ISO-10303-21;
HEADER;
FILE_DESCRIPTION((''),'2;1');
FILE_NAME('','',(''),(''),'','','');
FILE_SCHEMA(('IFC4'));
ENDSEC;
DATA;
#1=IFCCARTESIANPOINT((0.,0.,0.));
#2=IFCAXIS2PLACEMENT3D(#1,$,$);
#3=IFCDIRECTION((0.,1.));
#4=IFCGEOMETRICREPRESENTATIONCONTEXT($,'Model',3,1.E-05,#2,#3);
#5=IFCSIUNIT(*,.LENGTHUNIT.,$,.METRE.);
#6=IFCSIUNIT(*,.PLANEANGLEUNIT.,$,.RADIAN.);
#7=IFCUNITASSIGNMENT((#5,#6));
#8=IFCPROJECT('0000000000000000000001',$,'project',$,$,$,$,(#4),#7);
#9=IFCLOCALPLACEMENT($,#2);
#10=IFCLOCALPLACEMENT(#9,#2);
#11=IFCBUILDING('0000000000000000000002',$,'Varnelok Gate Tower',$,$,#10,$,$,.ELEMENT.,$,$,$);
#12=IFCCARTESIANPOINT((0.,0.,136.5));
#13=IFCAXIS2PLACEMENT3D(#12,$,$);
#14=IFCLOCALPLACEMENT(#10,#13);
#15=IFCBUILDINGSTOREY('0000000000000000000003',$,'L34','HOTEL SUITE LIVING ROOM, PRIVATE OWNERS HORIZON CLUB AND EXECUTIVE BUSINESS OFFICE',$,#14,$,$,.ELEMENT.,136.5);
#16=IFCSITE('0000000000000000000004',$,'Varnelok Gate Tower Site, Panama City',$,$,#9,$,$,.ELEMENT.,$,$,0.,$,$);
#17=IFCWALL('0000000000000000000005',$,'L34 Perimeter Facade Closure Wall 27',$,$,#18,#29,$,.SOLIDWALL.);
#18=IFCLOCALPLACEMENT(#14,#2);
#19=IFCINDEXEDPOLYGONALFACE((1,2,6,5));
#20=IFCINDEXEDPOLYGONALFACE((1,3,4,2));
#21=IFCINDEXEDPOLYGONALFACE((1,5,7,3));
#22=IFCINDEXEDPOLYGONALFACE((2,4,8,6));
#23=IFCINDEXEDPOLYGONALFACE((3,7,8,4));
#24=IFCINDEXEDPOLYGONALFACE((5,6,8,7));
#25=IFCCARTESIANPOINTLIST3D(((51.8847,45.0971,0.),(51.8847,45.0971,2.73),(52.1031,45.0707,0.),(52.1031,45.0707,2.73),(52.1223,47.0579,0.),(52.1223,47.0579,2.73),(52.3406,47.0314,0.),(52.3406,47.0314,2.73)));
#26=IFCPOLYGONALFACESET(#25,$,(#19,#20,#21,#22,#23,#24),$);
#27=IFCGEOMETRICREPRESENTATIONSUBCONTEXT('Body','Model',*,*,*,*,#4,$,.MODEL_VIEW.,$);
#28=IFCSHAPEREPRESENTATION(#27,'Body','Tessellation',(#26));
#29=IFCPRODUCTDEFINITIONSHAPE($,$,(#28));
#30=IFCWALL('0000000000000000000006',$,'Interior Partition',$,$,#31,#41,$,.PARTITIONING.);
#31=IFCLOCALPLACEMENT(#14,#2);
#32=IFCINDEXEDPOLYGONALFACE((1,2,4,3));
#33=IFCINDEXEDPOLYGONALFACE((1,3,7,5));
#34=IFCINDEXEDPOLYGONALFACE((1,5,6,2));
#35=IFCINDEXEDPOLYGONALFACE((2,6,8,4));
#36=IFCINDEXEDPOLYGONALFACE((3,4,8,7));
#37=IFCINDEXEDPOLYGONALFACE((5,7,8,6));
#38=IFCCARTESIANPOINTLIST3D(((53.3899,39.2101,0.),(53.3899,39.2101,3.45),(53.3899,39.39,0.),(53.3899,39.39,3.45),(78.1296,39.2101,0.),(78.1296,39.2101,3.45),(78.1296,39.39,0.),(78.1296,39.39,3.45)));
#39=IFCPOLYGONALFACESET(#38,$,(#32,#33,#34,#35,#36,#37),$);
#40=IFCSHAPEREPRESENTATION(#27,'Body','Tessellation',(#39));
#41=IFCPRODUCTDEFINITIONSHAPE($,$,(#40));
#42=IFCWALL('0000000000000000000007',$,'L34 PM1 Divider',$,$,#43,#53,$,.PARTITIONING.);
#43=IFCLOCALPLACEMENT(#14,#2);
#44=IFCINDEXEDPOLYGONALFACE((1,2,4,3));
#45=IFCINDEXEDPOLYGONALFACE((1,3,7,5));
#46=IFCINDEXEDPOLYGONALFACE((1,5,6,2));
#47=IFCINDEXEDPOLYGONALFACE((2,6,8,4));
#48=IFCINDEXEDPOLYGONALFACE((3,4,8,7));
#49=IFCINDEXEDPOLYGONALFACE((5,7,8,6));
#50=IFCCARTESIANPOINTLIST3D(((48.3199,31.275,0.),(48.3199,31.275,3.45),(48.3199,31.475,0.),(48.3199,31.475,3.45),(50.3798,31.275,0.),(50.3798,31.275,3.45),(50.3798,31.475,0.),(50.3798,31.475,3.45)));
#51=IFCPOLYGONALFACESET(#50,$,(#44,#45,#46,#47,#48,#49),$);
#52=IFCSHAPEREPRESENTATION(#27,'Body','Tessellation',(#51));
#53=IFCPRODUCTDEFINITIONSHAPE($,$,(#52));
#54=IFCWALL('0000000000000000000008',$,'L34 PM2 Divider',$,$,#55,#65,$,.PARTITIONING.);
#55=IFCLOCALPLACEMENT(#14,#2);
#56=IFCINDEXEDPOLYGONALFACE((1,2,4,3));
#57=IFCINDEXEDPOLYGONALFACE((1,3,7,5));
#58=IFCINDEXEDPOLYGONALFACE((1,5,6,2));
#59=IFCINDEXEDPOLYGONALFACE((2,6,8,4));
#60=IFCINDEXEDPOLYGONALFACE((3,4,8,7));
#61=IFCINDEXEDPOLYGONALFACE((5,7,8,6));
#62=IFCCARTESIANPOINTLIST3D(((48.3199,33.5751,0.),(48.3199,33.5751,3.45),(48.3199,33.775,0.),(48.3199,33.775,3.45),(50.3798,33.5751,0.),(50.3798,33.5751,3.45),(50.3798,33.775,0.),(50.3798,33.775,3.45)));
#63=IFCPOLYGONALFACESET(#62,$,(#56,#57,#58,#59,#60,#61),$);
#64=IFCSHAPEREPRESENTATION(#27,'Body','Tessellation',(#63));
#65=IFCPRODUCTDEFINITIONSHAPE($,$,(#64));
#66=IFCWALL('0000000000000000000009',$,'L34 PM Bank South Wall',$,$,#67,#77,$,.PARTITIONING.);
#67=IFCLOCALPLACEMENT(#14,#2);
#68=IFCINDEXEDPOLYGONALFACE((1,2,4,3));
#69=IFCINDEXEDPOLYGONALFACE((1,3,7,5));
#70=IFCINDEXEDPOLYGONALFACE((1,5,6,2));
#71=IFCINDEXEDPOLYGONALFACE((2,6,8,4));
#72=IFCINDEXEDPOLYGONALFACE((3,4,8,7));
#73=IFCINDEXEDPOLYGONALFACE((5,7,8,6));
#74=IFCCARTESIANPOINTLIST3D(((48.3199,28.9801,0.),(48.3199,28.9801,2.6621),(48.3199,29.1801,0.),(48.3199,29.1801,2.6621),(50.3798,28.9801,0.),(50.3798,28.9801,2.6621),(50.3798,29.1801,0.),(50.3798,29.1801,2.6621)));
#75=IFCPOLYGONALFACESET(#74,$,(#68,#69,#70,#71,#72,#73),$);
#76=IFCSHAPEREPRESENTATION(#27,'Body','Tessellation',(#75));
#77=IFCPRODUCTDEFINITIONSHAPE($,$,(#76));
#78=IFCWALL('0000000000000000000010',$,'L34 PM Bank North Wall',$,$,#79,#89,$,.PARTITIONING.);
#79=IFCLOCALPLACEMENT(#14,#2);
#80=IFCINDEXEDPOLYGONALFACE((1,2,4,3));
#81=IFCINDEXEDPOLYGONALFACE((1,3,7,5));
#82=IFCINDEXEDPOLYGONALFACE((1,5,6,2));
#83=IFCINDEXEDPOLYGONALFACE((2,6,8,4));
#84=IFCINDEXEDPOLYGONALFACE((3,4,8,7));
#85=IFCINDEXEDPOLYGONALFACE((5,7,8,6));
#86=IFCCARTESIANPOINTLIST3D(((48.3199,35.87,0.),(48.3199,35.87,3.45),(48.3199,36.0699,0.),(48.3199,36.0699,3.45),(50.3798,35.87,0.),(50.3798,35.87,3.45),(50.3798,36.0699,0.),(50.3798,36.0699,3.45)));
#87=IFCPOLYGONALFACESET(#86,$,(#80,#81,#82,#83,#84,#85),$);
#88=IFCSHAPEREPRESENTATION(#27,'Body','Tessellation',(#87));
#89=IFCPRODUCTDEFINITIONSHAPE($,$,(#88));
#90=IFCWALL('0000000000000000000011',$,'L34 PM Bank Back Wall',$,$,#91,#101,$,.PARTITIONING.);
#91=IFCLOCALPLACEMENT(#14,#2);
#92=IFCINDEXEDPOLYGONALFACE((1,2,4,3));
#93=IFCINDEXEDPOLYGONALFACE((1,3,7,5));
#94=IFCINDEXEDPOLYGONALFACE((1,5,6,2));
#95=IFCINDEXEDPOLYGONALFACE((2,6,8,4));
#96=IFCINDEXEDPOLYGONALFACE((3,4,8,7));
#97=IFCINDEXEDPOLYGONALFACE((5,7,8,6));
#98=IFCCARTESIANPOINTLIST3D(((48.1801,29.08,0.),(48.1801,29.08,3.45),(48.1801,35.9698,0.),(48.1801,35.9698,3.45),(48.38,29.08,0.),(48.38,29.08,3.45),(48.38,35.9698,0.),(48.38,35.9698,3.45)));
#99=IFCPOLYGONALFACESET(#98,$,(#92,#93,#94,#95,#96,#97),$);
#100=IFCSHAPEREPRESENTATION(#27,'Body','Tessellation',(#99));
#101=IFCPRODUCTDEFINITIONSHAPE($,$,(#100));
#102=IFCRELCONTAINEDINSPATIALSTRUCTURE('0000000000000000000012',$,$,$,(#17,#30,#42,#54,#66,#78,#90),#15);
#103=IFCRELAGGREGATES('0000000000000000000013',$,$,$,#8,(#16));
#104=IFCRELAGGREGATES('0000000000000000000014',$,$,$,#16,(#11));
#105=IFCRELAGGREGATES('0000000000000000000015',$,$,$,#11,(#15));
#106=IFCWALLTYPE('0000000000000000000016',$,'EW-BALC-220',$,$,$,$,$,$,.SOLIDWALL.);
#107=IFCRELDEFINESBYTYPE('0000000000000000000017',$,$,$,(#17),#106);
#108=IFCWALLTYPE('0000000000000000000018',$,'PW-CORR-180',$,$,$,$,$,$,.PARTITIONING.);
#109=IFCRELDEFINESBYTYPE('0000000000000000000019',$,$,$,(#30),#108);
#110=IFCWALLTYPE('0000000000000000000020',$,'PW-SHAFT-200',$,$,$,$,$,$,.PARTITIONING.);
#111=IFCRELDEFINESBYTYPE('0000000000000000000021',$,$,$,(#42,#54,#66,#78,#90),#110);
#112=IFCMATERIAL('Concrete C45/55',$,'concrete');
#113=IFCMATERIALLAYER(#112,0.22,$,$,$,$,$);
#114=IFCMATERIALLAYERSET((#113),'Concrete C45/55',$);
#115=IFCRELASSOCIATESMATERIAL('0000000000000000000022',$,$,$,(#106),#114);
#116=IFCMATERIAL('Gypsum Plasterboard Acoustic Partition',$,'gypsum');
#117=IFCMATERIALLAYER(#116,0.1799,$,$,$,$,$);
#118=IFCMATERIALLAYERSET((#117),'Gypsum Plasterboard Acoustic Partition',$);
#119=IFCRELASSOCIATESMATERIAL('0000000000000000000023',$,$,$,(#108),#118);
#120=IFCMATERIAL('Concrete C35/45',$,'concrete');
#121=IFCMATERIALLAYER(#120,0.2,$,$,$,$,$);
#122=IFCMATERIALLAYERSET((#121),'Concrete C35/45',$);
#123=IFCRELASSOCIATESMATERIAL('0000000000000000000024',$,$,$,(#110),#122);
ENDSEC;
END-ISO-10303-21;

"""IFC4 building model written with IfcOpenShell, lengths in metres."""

from ifc_helpers import new_model, si_unit, direction, frame, frame_2d, origin, place, context, subcontext, project, spatial, rectangle, extrude, material, layer, layer_set, type_object, element, save


model = new_model("IFC4")

# Units and contexts
model_context = context("Model", 3, precision=1e-05, world=origin(), true_north=direction((0.0, 1.0)))
body_context = subcontext(model_context, "Body", "Model", "MODEL_VIEW")
ifc_project = project(units=[si_unit("LENGTHUNIT", "METRE"), si_unit("PLANEANGLEUNIT", "RADIAN")], contexts=[model_context])

# Site, building, storey
site_placement = place(None, origin())
site = spatial("IfcSite", under=ifc_project, at=site_placement, Name="Varnelok Gate Tower Site, Panama City", CompositionType="ELEMENT", RefElevation=0.0)
building_placement = place(site_placement, origin())
building = spatial("IfcBuilding", under=site, at=building_placement, Name="Varnelok Gate Tower", CompositionType="ELEMENT")
storey_placement = place(building_placement, frame((0.0, 0.0, 136.5)))
storey = spatial("IfcBuildingStorey", under=building, at=storey_placement, Name="L34", Description="HOTEL SUITE LIVING ROOM, PRIVATE OWNERS HORIZON CLUB AND EXECUTIVE BUSINESS OFFICE", CompositionType="ELEMENT", Elevation=136.5)

# Walls
ifc_material_1 = material(Name="Concrete C45/55", Category="concrete")
ifc_layer_1 = layer(ifc_material_1, 0.22)
ifc_layer_set_1 = layer_set([ifc_layer_1], Name="Concrete C45/55")
wall_type_1 = type_object("IfcWallType", Name="EW-BALC-220", PredefinedType="SOLIDWALL", material=ifc_layer_set_1)
wall_1_placement = place(storey_placement, frame((52.2314, 47.0447, 0.0), z_axis=(0.0, 0.0, 1.0), x_axis=(-0.120276, -0.99274, 0.0)))
element("IfcWall", 1, at=wall_1_placement, inside=storey, type_object=wall_type_1, Name="L34 Perimeter Facade Closure Wall 27", PredefinedType="SOLIDWALL", context=body_context, shape_type="SweptSolid", body=[
    extrude(rectangle(XDim=1.9751, YDim=0.22, at=frame_2d((0.9875, 0.0))), origin(), (0.0, 0.0, 1.0), 2.73),
])
ifc_material_2 = material(Name="Gypsum Plasterboard Acoustic Partition", Category="gypsum")
ifc_layer_2 = layer(ifc_material_2, 0.1799)
ifc_layer_set_2 = layer_set([ifc_layer_2], Name="Gypsum Plasterboard Acoustic Partition")
wall_type_2 = type_object("IfcWallType", Name="PW-CORR-180", PredefinedType="PARTITIONING", material=ifc_layer_set_2)
wall_2_placement = place(storey_placement, frame((53.3899, 39.3, 0.0), z_axis=(0.0, 0.0, 1.0), x_axis=(1.0, 0.0, 0.0)))
element("IfcWall", 2, at=wall_2_placement, inside=storey, type_object=wall_type_2, Name="Interior Partition", PredefinedType="PARTITIONING", context=body_context, shape_type="SweptSolid", body=[
    extrude(rectangle(XDim=24.7397, YDim=0.1799, at=frame_2d((12.3699, 0.0))), origin(), (0.0, 0.0, 1.0), 3.45),
])
ifc_material_3 = material(Name="Concrete C35/45", Category="concrete")
ifc_layer_3 = layer(ifc_material_3, 0.2)
ifc_layer_set_3 = layer_set([ifc_layer_3], Name="Concrete C35/45")
wall_type_3 = type_object("IfcWallType", Name="PW-SHAFT-200", PredefinedType="PARTITIONING", material=ifc_layer_set_3)
for number, where, z_axis, x_axis, name in (
    (3, (48.3201, 31.375, 0.0), (0.0, 0.0, 1.0), (1.0, 0.0, 0.0), "L34 PM1 Divider"),
    (4, (48.3201, 33.675, 0.0), (0.0, 0.0, 1.0), (1.0, 0.0, 0.0), "L34 PM2 Divider"),
):
    element("IfcWall", number, at=place(storey_placement, frame(where, z_axis=z_axis, x_axis=x_axis)), inside=storey, type_object=wall_type_3, Name=name, PredefinedType="PARTITIONING", context=body_context, shape_type="SweptSolid", body=[
        extrude(rectangle(XDim=2.0598, YDim=0.2, at=frame_2d((1.0298, 0.0))), origin(), (0.0, 0.0, 1.0), 3.45),
    ])
wall_3_placement = place(storey_placement, frame((48.3201, 29.0801, 0.0), z_axis=(0.0, 0.0, 1.0), x_axis=(1.0, 0.0, 0.0)))
element("IfcWall", 5, at=wall_3_placement, inside=storey, type_object=wall_type_3, Name="L34 PM Bank South Wall", PredefinedType="PARTITIONING", context=body_context, shape_type="SweptSolid", body=[
    extrude(rectangle(XDim=2.0598, YDim=0.2, at=frame_2d((1.0298, 0.0))), origin(), (0.0, 0.0, 1.0), 2.6621),
])
wall_4_placement = place(storey_placement, frame((48.3201, 35.97, 0.0), z_axis=(0.0, 0.0, 1.0), x_axis=(1.0, 0.0, 0.0)))
element("IfcWall", 6, at=wall_4_placement, inside=storey, type_object=wall_type_3, Name="L34 PM Bank North Wall", PredefinedType="PARTITIONING", context=body_context, shape_type="SweptSolid", body=[
    extrude(rectangle(XDim=2.0598, YDim=0.2, at=frame_2d((1.0298, 0.0))), origin(), (0.0, 0.0, 1.0), 3.45),
])
wall_5_placement = place(storey_placement, frame((48.28, 29.0801, 0.0), z_axis=(0.0, 0.0, 1.0), x_axis=(0.0, 1.0, 0.0)))
element("IfcWall", 7, at=wall_5_placement, inside=storey, type_object=wall_type_3, Name="L34 PM Bank Back Wall", PredefinedType="PARTITIONING", context=body_context, shape_type="SweptSolid", body=[
    extrude(rectangle(XDim=6.8899, YDim=0.2, at=frame_2d((3.4448, 0.0))), origin(), (0.0, 0.0, 1.0), 3.45),
])

save(model, "model.ifc")
